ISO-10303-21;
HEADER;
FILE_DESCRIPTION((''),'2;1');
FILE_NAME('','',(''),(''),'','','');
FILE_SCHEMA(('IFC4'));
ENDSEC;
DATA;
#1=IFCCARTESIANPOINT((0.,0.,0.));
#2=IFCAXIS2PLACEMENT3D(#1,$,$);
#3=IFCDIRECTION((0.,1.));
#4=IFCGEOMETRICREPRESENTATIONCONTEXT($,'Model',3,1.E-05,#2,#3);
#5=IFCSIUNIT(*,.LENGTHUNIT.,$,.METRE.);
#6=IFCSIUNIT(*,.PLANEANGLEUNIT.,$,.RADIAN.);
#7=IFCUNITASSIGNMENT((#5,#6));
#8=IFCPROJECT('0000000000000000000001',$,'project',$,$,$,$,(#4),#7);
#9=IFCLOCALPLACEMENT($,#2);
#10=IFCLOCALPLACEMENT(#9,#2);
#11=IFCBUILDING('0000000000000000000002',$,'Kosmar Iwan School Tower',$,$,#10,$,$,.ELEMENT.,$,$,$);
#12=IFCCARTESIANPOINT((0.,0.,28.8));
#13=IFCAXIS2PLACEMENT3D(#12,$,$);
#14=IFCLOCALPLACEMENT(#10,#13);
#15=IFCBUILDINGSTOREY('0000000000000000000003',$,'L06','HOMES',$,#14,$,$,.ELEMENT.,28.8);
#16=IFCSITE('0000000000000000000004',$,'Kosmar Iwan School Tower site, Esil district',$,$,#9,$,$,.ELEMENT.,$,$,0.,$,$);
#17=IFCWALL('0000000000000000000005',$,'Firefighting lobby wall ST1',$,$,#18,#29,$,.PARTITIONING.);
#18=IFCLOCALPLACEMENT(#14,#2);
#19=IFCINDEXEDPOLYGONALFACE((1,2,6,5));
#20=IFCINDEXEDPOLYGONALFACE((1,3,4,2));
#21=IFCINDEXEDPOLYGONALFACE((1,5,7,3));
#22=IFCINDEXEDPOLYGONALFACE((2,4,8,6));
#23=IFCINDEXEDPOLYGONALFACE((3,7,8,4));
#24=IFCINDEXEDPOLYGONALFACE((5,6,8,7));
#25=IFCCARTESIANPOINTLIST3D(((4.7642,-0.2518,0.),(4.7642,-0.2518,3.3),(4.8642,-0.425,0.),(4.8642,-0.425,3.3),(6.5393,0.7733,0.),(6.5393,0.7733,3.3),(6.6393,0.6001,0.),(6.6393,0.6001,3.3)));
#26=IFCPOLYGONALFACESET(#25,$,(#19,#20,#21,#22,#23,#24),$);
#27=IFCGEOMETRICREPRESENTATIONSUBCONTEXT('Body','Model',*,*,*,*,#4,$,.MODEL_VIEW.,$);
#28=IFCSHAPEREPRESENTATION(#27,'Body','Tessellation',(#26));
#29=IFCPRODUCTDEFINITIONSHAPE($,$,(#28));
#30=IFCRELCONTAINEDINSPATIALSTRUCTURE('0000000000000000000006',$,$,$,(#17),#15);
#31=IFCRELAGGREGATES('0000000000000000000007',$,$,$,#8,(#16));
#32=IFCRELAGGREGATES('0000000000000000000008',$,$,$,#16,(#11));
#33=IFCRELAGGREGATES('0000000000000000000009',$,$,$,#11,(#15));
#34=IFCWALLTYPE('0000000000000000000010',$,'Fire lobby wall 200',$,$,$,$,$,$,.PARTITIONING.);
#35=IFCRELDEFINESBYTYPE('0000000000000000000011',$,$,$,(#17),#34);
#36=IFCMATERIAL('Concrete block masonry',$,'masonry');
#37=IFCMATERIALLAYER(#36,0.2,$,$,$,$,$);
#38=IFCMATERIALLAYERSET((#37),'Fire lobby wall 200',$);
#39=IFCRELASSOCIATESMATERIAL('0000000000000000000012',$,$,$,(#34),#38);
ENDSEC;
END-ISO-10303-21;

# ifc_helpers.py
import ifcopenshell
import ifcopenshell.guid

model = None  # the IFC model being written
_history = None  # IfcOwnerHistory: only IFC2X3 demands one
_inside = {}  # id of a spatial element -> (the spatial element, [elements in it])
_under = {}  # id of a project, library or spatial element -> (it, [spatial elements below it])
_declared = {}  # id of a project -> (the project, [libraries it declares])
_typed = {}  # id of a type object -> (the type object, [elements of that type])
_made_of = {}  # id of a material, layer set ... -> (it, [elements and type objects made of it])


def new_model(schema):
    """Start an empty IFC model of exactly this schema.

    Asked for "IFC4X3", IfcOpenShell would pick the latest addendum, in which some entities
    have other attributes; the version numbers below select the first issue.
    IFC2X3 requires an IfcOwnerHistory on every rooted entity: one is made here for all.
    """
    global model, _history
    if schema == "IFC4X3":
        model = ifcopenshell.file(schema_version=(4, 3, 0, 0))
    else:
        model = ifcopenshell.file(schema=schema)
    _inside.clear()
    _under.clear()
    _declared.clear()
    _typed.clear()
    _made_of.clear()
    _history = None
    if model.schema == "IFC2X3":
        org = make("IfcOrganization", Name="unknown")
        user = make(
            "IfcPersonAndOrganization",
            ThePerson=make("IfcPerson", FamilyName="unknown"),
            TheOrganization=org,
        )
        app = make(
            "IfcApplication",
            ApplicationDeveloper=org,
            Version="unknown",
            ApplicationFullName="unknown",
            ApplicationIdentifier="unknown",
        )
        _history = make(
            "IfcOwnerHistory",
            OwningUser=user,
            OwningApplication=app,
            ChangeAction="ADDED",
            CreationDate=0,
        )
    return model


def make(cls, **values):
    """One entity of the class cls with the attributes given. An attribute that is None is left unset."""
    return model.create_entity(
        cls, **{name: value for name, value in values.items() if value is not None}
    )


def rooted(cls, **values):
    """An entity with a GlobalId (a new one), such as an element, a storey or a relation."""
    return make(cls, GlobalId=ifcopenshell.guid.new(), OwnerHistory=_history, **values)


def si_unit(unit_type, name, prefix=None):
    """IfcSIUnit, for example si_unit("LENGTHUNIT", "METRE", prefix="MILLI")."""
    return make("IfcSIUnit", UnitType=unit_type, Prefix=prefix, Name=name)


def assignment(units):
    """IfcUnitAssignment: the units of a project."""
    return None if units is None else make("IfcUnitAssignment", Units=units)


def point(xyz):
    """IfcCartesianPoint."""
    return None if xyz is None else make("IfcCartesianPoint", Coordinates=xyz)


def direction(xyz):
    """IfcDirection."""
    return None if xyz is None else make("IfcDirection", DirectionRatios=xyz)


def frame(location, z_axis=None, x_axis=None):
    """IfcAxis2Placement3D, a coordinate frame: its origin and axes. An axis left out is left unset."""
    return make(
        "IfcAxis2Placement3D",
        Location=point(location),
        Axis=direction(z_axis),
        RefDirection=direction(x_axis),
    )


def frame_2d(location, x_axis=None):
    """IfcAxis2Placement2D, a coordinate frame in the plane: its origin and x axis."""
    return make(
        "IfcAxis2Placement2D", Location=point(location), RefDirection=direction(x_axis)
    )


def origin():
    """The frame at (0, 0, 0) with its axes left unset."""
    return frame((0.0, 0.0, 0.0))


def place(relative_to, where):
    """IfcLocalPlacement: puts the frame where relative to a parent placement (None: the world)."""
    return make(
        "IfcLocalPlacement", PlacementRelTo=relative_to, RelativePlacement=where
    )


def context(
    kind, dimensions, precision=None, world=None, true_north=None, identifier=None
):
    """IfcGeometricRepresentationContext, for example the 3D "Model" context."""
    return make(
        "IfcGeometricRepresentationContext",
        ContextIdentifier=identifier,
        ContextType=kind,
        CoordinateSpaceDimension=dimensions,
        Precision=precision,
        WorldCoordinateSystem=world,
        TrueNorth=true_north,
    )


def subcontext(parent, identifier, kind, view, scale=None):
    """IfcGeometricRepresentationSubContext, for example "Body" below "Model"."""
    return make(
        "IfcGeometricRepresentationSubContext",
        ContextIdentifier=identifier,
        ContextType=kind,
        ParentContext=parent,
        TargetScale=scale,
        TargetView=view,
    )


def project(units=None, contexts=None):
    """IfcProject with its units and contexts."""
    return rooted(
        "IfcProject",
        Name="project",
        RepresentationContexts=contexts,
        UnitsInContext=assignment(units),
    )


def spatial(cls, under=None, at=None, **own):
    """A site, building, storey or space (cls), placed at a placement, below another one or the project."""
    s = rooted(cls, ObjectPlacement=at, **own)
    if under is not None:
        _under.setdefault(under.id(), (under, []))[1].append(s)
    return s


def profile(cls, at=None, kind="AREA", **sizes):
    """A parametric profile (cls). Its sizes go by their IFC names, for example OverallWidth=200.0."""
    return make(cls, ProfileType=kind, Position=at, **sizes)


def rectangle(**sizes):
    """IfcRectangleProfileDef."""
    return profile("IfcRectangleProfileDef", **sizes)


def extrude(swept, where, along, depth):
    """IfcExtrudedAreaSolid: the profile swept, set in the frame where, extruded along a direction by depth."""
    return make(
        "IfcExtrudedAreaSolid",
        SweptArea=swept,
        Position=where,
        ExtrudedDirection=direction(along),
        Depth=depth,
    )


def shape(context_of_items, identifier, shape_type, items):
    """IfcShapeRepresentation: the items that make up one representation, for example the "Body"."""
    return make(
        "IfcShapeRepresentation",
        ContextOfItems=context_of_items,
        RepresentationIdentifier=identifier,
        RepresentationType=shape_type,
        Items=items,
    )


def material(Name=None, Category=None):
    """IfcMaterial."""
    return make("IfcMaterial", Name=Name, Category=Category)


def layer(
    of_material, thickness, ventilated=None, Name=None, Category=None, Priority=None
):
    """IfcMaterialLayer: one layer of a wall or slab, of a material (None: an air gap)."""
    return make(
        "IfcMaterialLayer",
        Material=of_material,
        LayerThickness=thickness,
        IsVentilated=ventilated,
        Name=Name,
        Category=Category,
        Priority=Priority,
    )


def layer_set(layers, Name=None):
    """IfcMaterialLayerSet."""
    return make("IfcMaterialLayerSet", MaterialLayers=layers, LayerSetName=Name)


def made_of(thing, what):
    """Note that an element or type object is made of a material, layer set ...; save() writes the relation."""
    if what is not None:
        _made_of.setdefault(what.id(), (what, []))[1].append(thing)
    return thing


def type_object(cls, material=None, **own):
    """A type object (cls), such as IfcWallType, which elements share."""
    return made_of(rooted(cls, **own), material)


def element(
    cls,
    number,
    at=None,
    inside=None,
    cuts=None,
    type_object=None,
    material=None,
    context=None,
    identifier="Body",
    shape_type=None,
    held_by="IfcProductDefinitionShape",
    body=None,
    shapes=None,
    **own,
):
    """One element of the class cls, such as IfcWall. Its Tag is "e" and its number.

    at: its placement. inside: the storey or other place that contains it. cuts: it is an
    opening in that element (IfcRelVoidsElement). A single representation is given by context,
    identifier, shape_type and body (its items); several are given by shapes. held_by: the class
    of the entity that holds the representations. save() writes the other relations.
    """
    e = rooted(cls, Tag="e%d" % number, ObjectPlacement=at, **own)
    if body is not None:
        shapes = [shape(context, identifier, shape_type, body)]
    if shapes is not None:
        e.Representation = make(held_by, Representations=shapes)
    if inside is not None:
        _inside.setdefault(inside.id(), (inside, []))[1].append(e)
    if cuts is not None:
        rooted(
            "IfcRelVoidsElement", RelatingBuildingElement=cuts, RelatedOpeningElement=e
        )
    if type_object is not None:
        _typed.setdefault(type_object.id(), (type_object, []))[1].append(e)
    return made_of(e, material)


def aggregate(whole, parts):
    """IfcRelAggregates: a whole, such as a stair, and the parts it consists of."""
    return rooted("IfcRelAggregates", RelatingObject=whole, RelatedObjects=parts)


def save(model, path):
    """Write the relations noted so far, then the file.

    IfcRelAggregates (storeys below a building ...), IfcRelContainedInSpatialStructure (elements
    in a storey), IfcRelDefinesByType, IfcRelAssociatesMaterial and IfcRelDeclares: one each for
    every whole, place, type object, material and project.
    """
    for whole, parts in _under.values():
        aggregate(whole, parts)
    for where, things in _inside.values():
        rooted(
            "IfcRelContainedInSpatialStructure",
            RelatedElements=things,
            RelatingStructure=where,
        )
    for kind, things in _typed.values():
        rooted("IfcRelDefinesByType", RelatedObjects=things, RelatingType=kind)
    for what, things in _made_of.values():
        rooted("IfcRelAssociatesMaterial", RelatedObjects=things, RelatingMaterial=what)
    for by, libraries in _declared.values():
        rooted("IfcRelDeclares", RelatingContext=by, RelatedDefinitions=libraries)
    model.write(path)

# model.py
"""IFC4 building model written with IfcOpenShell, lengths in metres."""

from ifc_helpers import new_model, si_unit, direction, frame, frame_2d, origin, place, context, subcontext, project, spatial, rectangle, extrude, material, layer, layer_set, type_object, element, save


model = new_model("IFC4")

# Units and contexts
model_context = context("Model", 3, precision=1e-05, world=origin(), true_north=direction((0.0, 1.0)))
body_context = subcontext(model_context, "Body", "Model", "MODEL_VIEW")
ifc_project = project(units=[si_unit("LENGTHUNIT", "METRE"), si_unit("PLANEANGLEUNIT", "RADIAN")], contexts=[model_context])

# Site, building, storey
site_placement = place(None, origin())
site = spatial("IfcSite", under=ifc_project, at=site_placement, Name="Kosmar Iwan School Tower site, Esil district", CompositionType="ELEMENT", RefElevation=0.0)
building_placement = place(site_placement, origin())
building = spatial("IfcBuilding", under=site, at=building_placement, Name="Kosmar Iwan School Tower", CompositionType="ELEMENT")
storey_placement = place(building_placement, frame((0.0, 0.0, 28.8)))
storey = spatial("IfcBuildingStorey", under=building, at=storey_placement, Name="L06", Description="HOMES", CompositionType="ELEMENT", Elevation=28.8)

# Shared definitions
ifc_material_1 = material(Name="Concrete block masonry", Category="masonry")
ifc_layer_1 = layer(ifc_material_1, 0.2)
ifc_layer_set_1 = layer_set([ifc_layer_1], Name="Fire lobby wall 200")
wall_type_1 = type_object("IfcWallType", Name="Fire lobby wall 200", PredefinedType="PARTITIONING", material=ifc_layer_set_1)

# Wall
wall_1_placement = place(storey_placement, frame((4.8142, -0.3384, 0.0), z_axis=(0.0, 0.0, 1.0), x_axis=(0.865969, 0.500097, 0.0)))
element("IfcWall", 1, at=wall_1_placement, inside=storey, type_object=wall_type_1, Name="Firefighting lobby wall ST1", PredefinedType="PARTITIONING", context=body_context, shape_type="SweptSolid", body=[
    extrude(rectangle(XDim=2.0498, YDim=0.2, at=frame_2d((1.0249, 0.0))), origin(), (0.0, 0.0, 1.0), 3.3),
])

save(model, "model.ifc")
